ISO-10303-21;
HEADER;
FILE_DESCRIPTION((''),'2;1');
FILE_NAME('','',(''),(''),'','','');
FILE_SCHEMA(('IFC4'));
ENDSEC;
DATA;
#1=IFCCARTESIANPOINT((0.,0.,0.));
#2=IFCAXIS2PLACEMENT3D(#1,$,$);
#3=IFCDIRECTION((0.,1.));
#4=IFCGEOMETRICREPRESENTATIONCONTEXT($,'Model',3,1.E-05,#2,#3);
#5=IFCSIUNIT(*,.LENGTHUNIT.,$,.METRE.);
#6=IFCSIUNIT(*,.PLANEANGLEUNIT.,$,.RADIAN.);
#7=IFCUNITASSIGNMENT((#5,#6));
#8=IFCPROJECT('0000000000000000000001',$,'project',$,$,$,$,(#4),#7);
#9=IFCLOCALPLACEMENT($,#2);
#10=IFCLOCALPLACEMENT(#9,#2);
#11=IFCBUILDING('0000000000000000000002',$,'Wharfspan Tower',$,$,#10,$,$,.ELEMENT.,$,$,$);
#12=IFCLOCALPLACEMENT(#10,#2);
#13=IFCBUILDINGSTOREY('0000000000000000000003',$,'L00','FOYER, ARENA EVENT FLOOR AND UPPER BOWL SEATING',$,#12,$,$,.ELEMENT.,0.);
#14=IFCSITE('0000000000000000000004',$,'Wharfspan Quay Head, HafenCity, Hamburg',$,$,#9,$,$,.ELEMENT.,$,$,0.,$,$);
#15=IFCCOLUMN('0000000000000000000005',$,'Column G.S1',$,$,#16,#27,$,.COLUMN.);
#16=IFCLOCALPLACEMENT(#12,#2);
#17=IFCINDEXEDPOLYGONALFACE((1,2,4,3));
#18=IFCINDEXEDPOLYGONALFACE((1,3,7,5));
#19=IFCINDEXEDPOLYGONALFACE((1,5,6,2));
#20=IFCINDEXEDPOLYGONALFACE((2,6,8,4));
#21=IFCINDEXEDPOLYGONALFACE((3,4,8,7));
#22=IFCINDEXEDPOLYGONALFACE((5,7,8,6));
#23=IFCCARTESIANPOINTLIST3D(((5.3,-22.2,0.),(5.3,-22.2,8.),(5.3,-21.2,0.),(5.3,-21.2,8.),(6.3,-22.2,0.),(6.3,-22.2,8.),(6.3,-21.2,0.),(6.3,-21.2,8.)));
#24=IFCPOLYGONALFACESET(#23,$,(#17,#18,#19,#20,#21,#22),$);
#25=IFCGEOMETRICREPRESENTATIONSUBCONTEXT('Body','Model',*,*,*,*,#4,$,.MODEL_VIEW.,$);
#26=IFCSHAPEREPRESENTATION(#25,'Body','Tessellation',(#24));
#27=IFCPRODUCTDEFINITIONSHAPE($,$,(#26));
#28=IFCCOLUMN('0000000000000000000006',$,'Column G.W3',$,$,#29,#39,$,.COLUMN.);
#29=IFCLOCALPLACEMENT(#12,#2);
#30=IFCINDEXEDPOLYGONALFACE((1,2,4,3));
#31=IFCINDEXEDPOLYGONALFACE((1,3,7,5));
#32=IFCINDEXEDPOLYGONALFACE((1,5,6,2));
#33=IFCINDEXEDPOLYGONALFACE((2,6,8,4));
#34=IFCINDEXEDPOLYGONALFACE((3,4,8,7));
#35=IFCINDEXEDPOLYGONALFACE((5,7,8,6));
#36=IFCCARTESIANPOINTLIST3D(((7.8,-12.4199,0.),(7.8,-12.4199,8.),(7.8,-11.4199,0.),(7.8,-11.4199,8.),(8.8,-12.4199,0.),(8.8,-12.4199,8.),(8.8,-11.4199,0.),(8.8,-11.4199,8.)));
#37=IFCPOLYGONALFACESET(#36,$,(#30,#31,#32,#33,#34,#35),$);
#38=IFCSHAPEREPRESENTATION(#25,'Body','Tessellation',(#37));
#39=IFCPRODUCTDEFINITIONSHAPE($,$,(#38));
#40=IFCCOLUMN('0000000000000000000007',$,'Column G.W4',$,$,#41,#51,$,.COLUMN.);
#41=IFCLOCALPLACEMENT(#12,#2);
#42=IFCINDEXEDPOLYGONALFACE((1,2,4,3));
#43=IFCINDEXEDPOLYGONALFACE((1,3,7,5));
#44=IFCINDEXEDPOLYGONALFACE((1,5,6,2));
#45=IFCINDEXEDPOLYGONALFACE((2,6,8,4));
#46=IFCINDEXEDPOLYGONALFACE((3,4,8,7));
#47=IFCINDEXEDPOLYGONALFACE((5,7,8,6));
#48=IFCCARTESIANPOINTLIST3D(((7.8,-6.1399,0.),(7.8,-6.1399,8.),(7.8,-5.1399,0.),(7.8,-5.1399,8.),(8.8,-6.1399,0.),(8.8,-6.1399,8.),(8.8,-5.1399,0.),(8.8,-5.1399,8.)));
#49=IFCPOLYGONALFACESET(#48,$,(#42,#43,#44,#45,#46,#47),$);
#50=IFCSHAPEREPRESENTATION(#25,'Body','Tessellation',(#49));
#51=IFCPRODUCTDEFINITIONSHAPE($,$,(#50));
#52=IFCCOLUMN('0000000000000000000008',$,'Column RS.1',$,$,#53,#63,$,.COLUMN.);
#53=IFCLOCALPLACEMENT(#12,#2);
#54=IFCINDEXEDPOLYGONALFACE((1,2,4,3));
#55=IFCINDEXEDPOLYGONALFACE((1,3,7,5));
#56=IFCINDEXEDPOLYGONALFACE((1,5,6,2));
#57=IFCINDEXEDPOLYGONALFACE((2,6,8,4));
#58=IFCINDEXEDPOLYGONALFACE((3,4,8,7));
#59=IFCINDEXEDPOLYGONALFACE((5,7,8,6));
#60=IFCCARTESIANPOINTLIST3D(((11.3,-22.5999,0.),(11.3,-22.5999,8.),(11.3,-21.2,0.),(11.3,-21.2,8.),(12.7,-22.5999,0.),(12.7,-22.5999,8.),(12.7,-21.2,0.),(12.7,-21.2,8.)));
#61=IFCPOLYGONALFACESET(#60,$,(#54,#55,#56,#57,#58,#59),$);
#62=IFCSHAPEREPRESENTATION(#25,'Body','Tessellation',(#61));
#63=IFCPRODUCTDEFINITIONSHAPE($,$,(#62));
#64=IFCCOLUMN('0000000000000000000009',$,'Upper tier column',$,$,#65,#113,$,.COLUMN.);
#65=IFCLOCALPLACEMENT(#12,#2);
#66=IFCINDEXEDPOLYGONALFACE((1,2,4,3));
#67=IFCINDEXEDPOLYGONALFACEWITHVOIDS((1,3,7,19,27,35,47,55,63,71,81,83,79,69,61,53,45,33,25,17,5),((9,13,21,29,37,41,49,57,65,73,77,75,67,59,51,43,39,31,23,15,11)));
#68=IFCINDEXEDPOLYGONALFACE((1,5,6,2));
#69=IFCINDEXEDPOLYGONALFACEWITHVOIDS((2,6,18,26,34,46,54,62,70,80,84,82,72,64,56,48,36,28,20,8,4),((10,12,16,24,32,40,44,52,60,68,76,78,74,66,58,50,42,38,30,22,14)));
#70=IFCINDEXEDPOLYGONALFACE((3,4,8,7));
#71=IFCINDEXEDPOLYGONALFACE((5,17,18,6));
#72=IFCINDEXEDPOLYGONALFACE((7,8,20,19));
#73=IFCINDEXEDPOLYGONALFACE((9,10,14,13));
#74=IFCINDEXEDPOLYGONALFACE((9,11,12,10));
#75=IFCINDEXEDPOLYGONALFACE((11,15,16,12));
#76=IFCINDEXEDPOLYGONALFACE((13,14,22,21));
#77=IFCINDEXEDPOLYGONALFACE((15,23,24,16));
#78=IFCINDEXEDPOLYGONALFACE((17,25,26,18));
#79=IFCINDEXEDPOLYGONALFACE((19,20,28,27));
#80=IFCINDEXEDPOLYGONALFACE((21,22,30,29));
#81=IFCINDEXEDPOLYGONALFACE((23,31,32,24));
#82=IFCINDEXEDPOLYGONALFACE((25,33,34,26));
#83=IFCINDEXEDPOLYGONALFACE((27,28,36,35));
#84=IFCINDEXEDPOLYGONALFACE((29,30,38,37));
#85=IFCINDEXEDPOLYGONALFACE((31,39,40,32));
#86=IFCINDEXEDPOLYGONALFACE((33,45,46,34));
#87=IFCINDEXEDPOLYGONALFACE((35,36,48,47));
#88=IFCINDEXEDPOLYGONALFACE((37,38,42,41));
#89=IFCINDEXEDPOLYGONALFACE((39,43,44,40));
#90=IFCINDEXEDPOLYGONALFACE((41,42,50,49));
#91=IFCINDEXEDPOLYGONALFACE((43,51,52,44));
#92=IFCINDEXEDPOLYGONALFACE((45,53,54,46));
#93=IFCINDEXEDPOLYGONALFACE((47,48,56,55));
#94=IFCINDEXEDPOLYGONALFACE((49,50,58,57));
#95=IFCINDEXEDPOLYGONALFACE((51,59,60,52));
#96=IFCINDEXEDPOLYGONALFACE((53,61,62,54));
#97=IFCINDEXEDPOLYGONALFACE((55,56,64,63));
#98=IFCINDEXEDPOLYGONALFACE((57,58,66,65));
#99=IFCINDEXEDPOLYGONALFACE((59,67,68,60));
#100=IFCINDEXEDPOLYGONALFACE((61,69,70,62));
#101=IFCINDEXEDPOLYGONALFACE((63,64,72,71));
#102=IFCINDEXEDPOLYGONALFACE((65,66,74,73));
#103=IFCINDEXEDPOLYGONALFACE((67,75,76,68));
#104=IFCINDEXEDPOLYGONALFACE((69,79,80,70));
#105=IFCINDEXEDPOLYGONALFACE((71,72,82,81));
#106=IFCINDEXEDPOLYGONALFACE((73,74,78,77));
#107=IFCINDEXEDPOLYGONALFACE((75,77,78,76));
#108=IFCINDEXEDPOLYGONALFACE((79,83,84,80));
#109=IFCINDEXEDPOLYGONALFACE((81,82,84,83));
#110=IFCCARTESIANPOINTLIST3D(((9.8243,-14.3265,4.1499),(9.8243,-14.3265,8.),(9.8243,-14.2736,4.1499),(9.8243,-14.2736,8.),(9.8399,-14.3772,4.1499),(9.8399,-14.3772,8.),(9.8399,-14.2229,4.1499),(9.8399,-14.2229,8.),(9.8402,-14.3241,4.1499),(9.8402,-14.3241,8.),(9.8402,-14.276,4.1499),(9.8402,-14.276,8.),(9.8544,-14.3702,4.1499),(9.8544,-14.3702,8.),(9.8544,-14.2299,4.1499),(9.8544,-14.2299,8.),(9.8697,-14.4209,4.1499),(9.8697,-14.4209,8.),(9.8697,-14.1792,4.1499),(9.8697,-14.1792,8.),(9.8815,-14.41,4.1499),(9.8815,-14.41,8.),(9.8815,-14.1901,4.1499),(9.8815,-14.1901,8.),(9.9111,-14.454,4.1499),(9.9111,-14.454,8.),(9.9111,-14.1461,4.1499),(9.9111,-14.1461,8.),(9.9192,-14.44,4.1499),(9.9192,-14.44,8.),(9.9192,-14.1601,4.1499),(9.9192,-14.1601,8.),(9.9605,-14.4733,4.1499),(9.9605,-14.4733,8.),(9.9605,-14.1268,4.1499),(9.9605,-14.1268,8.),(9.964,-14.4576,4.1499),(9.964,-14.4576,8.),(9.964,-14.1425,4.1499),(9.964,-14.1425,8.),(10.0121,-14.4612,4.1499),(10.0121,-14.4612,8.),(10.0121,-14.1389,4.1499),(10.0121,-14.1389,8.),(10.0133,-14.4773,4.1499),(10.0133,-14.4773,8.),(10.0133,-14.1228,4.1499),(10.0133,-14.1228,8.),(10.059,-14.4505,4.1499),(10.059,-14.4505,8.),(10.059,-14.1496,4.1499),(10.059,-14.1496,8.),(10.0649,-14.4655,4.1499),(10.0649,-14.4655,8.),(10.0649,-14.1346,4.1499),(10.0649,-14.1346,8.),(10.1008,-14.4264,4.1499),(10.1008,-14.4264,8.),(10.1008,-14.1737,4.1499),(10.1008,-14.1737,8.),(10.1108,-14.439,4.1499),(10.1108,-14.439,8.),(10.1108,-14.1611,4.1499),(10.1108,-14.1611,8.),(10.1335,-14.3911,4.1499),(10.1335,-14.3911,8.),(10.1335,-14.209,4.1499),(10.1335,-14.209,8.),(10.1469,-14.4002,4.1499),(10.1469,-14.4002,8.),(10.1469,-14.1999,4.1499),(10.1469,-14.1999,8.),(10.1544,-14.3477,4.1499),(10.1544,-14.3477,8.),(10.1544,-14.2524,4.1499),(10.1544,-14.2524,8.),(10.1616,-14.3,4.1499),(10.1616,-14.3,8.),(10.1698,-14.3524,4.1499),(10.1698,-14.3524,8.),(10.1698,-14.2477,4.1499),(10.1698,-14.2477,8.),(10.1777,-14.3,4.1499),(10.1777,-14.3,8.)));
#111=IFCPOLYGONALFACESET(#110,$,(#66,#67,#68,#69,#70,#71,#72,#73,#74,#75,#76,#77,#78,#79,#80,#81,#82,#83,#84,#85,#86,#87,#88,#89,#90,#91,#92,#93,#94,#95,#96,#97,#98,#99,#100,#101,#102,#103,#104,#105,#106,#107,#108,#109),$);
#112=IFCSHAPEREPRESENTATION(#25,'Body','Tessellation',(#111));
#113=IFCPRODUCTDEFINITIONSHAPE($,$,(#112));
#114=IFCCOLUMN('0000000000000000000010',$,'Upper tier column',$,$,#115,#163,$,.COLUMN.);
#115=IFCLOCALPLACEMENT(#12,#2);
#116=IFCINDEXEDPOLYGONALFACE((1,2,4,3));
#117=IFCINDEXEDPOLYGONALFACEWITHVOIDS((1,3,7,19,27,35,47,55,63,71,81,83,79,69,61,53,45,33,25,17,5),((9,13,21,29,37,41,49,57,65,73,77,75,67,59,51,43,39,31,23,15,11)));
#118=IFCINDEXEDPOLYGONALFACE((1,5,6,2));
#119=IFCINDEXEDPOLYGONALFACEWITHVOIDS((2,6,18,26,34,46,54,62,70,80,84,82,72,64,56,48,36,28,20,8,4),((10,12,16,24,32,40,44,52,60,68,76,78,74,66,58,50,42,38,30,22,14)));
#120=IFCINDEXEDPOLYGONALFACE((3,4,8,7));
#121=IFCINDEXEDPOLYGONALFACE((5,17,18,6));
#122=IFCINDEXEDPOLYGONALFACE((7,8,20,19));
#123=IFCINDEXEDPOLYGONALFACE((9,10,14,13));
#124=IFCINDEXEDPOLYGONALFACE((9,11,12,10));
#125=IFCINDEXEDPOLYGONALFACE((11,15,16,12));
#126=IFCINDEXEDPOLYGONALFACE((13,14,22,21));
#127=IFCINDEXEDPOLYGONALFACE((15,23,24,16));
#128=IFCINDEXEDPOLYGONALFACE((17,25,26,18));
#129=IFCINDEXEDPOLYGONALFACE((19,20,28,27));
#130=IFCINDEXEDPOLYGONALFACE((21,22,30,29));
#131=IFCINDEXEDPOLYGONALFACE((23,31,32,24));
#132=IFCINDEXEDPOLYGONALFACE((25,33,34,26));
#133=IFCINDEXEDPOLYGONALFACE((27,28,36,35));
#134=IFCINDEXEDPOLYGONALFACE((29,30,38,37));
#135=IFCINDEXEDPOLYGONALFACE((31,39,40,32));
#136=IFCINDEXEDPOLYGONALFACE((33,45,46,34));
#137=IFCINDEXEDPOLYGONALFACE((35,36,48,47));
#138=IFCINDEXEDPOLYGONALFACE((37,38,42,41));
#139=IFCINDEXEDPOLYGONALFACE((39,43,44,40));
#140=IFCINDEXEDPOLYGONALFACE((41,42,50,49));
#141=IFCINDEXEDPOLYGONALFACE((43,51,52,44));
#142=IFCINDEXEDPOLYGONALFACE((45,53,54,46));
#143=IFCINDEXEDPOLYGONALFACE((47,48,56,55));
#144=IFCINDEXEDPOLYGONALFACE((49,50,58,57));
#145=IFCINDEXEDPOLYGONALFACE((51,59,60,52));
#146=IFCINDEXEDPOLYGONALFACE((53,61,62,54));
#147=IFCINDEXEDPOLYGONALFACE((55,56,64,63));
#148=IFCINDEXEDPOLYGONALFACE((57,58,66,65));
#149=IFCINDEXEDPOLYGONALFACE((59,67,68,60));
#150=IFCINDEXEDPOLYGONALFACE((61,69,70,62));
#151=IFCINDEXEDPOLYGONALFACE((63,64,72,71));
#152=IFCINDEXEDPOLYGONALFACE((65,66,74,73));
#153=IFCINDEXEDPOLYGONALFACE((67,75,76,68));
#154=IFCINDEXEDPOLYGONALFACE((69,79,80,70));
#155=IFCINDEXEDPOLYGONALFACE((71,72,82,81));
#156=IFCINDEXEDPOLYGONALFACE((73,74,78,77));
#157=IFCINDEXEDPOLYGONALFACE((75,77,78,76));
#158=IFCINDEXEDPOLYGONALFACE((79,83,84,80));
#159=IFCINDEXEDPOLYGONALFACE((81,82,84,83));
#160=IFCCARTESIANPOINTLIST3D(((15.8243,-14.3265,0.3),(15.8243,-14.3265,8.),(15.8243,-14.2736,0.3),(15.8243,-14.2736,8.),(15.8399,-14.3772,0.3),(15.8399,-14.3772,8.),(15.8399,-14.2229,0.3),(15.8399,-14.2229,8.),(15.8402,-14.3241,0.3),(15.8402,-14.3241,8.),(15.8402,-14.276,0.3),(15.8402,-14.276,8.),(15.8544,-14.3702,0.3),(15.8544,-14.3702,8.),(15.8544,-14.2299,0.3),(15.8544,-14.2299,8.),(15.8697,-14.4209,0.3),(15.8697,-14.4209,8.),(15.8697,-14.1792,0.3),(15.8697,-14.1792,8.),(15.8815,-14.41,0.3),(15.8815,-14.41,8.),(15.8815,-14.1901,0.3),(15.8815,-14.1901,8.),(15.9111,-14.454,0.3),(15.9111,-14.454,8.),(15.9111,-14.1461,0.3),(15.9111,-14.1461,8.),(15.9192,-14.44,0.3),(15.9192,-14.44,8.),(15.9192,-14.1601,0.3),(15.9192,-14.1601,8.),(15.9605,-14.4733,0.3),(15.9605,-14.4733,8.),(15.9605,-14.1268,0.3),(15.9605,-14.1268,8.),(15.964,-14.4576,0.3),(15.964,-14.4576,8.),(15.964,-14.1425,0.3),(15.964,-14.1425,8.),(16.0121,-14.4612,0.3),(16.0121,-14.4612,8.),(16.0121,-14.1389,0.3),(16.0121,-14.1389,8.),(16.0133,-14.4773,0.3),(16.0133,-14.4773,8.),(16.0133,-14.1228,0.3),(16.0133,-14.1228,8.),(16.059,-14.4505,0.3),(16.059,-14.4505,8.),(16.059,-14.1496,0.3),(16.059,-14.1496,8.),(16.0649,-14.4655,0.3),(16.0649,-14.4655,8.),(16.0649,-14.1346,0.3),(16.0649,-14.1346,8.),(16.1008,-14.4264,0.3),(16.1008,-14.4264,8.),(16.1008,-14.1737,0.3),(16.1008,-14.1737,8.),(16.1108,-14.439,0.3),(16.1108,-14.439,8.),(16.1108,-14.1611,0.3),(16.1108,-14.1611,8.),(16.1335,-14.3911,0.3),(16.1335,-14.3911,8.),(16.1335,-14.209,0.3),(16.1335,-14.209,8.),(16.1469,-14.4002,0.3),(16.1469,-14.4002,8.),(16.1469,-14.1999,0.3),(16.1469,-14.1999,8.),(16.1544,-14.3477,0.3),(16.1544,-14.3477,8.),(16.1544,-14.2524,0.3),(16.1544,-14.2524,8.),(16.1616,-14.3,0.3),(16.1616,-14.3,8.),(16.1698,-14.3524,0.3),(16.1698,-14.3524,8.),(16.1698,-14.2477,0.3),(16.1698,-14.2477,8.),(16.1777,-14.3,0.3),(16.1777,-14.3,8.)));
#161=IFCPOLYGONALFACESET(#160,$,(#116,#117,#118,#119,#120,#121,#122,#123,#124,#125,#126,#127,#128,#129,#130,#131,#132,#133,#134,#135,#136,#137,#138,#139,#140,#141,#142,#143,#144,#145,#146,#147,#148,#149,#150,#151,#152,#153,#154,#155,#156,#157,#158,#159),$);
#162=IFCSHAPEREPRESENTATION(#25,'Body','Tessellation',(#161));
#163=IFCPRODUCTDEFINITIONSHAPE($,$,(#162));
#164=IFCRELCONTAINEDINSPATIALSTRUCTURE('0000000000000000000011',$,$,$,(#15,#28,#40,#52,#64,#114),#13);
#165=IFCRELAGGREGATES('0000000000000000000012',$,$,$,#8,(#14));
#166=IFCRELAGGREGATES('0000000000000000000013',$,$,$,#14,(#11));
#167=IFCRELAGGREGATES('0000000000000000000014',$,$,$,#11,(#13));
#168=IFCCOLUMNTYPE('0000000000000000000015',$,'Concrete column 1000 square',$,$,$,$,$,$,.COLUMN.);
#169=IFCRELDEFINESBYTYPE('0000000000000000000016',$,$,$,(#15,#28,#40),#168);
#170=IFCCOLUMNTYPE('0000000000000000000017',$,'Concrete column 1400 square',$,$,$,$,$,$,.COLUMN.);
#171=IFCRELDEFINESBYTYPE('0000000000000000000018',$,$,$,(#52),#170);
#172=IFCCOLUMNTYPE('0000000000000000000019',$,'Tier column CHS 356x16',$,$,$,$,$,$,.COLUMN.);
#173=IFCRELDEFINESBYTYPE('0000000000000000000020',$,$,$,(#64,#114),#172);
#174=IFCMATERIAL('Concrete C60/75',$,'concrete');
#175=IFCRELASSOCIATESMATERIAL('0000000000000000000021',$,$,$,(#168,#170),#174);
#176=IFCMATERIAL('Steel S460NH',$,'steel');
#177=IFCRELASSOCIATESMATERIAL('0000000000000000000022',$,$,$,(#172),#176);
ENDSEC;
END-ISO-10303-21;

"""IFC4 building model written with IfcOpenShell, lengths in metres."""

from ifc_helpers import new_model, si_unit, direction, frame, origin, origin_2d, place, context, subcontext, project, spatial, rectangle, hollow_circle, extrude, material, material_profile, profile_set, type_object, element, save


model = new_model("IFC4")

# Units and contexts
model_context = context("Model", 3, precision=1e-05, world=origin(), true_north=direction((0.0, 1.0)))
body_context = subcontext(model_context, "Body", "Model", "MODEL_VIEW")
ifc_project = project(units=[si_unit("LENGTHUNIT", "METRE"), si_unit("PLANEANGLEUNIT", "RADIAN")], contexts=[model_context])

# Site, building, storey
site_placement = place(None, origin())
site = spatial("IfcSite", under=ifc_project, at=site_placement, Name="Wharfspan Quay Head, HafenCity, Hamburg", CompositionType="ELEMENT", RefElevation=0.0)
building_placement = place(site_placement, origin())
building = spatial("IfcBuilding", under=site, at=building_placement, Name="Wharfspan Tower", CompositionType="ELEMENT")
storey_placement = place(building_placement, origin())
storey = spatial("IfcBuildingStorey", under=building, at=storey_placement, Name="L00", Description="FOYER, ARENA EVENT FLOOR AND UPPER BOWL SEATING", CompositionType="ELEMENT", Elevation=0.0)

# Columns
ifc_material_1 = material(Name="Concrete C60/75", Category="concrete")
ifc_material_profile_1 = material_profile(ifc_material_1, rectangle(XDim=1.0, YDim=1.0, at=origin_2d()))
ifc_profile_set_1 = profile_set([ifc_material_profile_1], Name="Concrete C60/75")
column_type_1 = type_object("IfcColumnType", Name="Concrete column 1000 square", PredefinedType="COLUMN", material=ifc_profile_set_1)
for number, where, z_axis, x_axis, name in (
    (1, (5.8, -21.7, 0.0), (0.0, 0.0, 1.0), (1.0, 0.0, 0.0), "Column G.S1"),
    (2, (8.3, -11.9199, 0.0), (0.0, 0.0, 1.0), (1.0, 0.0, 0.0), "Column G.W3"),
    (3, (8.3, -5.6399, 0.0), (0.0, 0.0, 1.0), (1.0, 0.0, 0.0), "Column G.W4"),
):
    element("IfcColumn", number, at=place(storey_placement, frame(where, z_axis=z_axis, x_axis=x_axis)), inside=storey, type_object=column_type_1, Name=name, PredefinedType="COLUMN", context=body_context, shape_type="SweptSolid", body=[
        extrude(rectangle(XDim=1.0, YDim=1.0, at=origin_2d()), origin(), (0.0, 0.0, 1.0), 8.0),
    ])
ifc_material_profile_2 = material_profile(ifc_material_1, rectangle(XDim=1.3999, YDim=1.3999, at=origin_2d()))
ifc_profile_set_2 = profile_set([ifc_material_profile_2], Name="Concrete C60/75")
column_type_2 = type_object("IfcColumnType", Name="Concrete column 1400 square", PredefinedType="COLUMN", material=ifc_profile_set_2)
column_1_placement = place(storey_placement, frame((12.0, -21.8999, 0.0), z_axis=(0.0, 0.0, 1.0), x_axis=(1.0, 0.0, 0.0)))
element("IfcColumn", 4, at=column_1_placement, inside=storey, type_object=column_type_2, Name="Column RS.1", PredefinedType="COLUMN", context=body_context, shape_type="SweptSolid", body=[
    extrude(rectangle(XDim=1.3999, YDim=1.3999, at=origin_2d()), origin(), (0.0, 0.0, 1.0), 8.0),
])
ifc_material_2 = material(Name="Steel S460NH", Category="steel")
ifc_material_profile_3 = material_profile(ifc_material_2, hollow_circle(Radius=0.1777, WallThickness=0.0161, at=origin_2d()))
ifc_profile_set_3 = profile_set([ifc_material_profile_3], Name="Steel S460NH")
column_type_3 = type_object("IfcColumnType", Name="Tier column CHS 356x16", PredefinedType="COLUMN", material=ifc_profile_set_3)
column_2_placement = place(storey_placement, frame((10.0, -14.3, 4.1499), z_axis=(0.0, 0.0, 1.0), x_axis=(1.0, 0.0, 0.0)))
element("IfcColumn", 5, at=column_2_placement, inside=storey, type_object=column_type_3, Name="Upper tier column", PredefinedType="COLUMN", context=body_context, shape_type="SweptSolid", body=[
    extrude(hollow_circle(Radius=0.1777, WallThickness=0.0161, at=origin_2d()), origin(), (0.0, 0.0, 1.0), 3.8501),
])
for number, where, z_axis, x_axis, name in (
    (6, (16.0, -14.3, 0.3), (0.0, 0.0, 1.0), (1.0, 0.0, 0.0), "Upper tier column"),
):
    element("IfcColumn", number, at=place(storey_placement, frame(where, z_axis=z_axis, x_axis=x_axis)), inside=storey, type_object=column_type_3, Name=name, PredefinedType="COLUMN", context=body_context, shape_type="SweptSolid", body=[
        extrude(hollow_circle(Radius=0.1777, WallThickness=0.0161, at=origin_2d()), origin(), (0.0, 0.0, 1.0), 7.7),
    ])

save(model, "model.ifc")
